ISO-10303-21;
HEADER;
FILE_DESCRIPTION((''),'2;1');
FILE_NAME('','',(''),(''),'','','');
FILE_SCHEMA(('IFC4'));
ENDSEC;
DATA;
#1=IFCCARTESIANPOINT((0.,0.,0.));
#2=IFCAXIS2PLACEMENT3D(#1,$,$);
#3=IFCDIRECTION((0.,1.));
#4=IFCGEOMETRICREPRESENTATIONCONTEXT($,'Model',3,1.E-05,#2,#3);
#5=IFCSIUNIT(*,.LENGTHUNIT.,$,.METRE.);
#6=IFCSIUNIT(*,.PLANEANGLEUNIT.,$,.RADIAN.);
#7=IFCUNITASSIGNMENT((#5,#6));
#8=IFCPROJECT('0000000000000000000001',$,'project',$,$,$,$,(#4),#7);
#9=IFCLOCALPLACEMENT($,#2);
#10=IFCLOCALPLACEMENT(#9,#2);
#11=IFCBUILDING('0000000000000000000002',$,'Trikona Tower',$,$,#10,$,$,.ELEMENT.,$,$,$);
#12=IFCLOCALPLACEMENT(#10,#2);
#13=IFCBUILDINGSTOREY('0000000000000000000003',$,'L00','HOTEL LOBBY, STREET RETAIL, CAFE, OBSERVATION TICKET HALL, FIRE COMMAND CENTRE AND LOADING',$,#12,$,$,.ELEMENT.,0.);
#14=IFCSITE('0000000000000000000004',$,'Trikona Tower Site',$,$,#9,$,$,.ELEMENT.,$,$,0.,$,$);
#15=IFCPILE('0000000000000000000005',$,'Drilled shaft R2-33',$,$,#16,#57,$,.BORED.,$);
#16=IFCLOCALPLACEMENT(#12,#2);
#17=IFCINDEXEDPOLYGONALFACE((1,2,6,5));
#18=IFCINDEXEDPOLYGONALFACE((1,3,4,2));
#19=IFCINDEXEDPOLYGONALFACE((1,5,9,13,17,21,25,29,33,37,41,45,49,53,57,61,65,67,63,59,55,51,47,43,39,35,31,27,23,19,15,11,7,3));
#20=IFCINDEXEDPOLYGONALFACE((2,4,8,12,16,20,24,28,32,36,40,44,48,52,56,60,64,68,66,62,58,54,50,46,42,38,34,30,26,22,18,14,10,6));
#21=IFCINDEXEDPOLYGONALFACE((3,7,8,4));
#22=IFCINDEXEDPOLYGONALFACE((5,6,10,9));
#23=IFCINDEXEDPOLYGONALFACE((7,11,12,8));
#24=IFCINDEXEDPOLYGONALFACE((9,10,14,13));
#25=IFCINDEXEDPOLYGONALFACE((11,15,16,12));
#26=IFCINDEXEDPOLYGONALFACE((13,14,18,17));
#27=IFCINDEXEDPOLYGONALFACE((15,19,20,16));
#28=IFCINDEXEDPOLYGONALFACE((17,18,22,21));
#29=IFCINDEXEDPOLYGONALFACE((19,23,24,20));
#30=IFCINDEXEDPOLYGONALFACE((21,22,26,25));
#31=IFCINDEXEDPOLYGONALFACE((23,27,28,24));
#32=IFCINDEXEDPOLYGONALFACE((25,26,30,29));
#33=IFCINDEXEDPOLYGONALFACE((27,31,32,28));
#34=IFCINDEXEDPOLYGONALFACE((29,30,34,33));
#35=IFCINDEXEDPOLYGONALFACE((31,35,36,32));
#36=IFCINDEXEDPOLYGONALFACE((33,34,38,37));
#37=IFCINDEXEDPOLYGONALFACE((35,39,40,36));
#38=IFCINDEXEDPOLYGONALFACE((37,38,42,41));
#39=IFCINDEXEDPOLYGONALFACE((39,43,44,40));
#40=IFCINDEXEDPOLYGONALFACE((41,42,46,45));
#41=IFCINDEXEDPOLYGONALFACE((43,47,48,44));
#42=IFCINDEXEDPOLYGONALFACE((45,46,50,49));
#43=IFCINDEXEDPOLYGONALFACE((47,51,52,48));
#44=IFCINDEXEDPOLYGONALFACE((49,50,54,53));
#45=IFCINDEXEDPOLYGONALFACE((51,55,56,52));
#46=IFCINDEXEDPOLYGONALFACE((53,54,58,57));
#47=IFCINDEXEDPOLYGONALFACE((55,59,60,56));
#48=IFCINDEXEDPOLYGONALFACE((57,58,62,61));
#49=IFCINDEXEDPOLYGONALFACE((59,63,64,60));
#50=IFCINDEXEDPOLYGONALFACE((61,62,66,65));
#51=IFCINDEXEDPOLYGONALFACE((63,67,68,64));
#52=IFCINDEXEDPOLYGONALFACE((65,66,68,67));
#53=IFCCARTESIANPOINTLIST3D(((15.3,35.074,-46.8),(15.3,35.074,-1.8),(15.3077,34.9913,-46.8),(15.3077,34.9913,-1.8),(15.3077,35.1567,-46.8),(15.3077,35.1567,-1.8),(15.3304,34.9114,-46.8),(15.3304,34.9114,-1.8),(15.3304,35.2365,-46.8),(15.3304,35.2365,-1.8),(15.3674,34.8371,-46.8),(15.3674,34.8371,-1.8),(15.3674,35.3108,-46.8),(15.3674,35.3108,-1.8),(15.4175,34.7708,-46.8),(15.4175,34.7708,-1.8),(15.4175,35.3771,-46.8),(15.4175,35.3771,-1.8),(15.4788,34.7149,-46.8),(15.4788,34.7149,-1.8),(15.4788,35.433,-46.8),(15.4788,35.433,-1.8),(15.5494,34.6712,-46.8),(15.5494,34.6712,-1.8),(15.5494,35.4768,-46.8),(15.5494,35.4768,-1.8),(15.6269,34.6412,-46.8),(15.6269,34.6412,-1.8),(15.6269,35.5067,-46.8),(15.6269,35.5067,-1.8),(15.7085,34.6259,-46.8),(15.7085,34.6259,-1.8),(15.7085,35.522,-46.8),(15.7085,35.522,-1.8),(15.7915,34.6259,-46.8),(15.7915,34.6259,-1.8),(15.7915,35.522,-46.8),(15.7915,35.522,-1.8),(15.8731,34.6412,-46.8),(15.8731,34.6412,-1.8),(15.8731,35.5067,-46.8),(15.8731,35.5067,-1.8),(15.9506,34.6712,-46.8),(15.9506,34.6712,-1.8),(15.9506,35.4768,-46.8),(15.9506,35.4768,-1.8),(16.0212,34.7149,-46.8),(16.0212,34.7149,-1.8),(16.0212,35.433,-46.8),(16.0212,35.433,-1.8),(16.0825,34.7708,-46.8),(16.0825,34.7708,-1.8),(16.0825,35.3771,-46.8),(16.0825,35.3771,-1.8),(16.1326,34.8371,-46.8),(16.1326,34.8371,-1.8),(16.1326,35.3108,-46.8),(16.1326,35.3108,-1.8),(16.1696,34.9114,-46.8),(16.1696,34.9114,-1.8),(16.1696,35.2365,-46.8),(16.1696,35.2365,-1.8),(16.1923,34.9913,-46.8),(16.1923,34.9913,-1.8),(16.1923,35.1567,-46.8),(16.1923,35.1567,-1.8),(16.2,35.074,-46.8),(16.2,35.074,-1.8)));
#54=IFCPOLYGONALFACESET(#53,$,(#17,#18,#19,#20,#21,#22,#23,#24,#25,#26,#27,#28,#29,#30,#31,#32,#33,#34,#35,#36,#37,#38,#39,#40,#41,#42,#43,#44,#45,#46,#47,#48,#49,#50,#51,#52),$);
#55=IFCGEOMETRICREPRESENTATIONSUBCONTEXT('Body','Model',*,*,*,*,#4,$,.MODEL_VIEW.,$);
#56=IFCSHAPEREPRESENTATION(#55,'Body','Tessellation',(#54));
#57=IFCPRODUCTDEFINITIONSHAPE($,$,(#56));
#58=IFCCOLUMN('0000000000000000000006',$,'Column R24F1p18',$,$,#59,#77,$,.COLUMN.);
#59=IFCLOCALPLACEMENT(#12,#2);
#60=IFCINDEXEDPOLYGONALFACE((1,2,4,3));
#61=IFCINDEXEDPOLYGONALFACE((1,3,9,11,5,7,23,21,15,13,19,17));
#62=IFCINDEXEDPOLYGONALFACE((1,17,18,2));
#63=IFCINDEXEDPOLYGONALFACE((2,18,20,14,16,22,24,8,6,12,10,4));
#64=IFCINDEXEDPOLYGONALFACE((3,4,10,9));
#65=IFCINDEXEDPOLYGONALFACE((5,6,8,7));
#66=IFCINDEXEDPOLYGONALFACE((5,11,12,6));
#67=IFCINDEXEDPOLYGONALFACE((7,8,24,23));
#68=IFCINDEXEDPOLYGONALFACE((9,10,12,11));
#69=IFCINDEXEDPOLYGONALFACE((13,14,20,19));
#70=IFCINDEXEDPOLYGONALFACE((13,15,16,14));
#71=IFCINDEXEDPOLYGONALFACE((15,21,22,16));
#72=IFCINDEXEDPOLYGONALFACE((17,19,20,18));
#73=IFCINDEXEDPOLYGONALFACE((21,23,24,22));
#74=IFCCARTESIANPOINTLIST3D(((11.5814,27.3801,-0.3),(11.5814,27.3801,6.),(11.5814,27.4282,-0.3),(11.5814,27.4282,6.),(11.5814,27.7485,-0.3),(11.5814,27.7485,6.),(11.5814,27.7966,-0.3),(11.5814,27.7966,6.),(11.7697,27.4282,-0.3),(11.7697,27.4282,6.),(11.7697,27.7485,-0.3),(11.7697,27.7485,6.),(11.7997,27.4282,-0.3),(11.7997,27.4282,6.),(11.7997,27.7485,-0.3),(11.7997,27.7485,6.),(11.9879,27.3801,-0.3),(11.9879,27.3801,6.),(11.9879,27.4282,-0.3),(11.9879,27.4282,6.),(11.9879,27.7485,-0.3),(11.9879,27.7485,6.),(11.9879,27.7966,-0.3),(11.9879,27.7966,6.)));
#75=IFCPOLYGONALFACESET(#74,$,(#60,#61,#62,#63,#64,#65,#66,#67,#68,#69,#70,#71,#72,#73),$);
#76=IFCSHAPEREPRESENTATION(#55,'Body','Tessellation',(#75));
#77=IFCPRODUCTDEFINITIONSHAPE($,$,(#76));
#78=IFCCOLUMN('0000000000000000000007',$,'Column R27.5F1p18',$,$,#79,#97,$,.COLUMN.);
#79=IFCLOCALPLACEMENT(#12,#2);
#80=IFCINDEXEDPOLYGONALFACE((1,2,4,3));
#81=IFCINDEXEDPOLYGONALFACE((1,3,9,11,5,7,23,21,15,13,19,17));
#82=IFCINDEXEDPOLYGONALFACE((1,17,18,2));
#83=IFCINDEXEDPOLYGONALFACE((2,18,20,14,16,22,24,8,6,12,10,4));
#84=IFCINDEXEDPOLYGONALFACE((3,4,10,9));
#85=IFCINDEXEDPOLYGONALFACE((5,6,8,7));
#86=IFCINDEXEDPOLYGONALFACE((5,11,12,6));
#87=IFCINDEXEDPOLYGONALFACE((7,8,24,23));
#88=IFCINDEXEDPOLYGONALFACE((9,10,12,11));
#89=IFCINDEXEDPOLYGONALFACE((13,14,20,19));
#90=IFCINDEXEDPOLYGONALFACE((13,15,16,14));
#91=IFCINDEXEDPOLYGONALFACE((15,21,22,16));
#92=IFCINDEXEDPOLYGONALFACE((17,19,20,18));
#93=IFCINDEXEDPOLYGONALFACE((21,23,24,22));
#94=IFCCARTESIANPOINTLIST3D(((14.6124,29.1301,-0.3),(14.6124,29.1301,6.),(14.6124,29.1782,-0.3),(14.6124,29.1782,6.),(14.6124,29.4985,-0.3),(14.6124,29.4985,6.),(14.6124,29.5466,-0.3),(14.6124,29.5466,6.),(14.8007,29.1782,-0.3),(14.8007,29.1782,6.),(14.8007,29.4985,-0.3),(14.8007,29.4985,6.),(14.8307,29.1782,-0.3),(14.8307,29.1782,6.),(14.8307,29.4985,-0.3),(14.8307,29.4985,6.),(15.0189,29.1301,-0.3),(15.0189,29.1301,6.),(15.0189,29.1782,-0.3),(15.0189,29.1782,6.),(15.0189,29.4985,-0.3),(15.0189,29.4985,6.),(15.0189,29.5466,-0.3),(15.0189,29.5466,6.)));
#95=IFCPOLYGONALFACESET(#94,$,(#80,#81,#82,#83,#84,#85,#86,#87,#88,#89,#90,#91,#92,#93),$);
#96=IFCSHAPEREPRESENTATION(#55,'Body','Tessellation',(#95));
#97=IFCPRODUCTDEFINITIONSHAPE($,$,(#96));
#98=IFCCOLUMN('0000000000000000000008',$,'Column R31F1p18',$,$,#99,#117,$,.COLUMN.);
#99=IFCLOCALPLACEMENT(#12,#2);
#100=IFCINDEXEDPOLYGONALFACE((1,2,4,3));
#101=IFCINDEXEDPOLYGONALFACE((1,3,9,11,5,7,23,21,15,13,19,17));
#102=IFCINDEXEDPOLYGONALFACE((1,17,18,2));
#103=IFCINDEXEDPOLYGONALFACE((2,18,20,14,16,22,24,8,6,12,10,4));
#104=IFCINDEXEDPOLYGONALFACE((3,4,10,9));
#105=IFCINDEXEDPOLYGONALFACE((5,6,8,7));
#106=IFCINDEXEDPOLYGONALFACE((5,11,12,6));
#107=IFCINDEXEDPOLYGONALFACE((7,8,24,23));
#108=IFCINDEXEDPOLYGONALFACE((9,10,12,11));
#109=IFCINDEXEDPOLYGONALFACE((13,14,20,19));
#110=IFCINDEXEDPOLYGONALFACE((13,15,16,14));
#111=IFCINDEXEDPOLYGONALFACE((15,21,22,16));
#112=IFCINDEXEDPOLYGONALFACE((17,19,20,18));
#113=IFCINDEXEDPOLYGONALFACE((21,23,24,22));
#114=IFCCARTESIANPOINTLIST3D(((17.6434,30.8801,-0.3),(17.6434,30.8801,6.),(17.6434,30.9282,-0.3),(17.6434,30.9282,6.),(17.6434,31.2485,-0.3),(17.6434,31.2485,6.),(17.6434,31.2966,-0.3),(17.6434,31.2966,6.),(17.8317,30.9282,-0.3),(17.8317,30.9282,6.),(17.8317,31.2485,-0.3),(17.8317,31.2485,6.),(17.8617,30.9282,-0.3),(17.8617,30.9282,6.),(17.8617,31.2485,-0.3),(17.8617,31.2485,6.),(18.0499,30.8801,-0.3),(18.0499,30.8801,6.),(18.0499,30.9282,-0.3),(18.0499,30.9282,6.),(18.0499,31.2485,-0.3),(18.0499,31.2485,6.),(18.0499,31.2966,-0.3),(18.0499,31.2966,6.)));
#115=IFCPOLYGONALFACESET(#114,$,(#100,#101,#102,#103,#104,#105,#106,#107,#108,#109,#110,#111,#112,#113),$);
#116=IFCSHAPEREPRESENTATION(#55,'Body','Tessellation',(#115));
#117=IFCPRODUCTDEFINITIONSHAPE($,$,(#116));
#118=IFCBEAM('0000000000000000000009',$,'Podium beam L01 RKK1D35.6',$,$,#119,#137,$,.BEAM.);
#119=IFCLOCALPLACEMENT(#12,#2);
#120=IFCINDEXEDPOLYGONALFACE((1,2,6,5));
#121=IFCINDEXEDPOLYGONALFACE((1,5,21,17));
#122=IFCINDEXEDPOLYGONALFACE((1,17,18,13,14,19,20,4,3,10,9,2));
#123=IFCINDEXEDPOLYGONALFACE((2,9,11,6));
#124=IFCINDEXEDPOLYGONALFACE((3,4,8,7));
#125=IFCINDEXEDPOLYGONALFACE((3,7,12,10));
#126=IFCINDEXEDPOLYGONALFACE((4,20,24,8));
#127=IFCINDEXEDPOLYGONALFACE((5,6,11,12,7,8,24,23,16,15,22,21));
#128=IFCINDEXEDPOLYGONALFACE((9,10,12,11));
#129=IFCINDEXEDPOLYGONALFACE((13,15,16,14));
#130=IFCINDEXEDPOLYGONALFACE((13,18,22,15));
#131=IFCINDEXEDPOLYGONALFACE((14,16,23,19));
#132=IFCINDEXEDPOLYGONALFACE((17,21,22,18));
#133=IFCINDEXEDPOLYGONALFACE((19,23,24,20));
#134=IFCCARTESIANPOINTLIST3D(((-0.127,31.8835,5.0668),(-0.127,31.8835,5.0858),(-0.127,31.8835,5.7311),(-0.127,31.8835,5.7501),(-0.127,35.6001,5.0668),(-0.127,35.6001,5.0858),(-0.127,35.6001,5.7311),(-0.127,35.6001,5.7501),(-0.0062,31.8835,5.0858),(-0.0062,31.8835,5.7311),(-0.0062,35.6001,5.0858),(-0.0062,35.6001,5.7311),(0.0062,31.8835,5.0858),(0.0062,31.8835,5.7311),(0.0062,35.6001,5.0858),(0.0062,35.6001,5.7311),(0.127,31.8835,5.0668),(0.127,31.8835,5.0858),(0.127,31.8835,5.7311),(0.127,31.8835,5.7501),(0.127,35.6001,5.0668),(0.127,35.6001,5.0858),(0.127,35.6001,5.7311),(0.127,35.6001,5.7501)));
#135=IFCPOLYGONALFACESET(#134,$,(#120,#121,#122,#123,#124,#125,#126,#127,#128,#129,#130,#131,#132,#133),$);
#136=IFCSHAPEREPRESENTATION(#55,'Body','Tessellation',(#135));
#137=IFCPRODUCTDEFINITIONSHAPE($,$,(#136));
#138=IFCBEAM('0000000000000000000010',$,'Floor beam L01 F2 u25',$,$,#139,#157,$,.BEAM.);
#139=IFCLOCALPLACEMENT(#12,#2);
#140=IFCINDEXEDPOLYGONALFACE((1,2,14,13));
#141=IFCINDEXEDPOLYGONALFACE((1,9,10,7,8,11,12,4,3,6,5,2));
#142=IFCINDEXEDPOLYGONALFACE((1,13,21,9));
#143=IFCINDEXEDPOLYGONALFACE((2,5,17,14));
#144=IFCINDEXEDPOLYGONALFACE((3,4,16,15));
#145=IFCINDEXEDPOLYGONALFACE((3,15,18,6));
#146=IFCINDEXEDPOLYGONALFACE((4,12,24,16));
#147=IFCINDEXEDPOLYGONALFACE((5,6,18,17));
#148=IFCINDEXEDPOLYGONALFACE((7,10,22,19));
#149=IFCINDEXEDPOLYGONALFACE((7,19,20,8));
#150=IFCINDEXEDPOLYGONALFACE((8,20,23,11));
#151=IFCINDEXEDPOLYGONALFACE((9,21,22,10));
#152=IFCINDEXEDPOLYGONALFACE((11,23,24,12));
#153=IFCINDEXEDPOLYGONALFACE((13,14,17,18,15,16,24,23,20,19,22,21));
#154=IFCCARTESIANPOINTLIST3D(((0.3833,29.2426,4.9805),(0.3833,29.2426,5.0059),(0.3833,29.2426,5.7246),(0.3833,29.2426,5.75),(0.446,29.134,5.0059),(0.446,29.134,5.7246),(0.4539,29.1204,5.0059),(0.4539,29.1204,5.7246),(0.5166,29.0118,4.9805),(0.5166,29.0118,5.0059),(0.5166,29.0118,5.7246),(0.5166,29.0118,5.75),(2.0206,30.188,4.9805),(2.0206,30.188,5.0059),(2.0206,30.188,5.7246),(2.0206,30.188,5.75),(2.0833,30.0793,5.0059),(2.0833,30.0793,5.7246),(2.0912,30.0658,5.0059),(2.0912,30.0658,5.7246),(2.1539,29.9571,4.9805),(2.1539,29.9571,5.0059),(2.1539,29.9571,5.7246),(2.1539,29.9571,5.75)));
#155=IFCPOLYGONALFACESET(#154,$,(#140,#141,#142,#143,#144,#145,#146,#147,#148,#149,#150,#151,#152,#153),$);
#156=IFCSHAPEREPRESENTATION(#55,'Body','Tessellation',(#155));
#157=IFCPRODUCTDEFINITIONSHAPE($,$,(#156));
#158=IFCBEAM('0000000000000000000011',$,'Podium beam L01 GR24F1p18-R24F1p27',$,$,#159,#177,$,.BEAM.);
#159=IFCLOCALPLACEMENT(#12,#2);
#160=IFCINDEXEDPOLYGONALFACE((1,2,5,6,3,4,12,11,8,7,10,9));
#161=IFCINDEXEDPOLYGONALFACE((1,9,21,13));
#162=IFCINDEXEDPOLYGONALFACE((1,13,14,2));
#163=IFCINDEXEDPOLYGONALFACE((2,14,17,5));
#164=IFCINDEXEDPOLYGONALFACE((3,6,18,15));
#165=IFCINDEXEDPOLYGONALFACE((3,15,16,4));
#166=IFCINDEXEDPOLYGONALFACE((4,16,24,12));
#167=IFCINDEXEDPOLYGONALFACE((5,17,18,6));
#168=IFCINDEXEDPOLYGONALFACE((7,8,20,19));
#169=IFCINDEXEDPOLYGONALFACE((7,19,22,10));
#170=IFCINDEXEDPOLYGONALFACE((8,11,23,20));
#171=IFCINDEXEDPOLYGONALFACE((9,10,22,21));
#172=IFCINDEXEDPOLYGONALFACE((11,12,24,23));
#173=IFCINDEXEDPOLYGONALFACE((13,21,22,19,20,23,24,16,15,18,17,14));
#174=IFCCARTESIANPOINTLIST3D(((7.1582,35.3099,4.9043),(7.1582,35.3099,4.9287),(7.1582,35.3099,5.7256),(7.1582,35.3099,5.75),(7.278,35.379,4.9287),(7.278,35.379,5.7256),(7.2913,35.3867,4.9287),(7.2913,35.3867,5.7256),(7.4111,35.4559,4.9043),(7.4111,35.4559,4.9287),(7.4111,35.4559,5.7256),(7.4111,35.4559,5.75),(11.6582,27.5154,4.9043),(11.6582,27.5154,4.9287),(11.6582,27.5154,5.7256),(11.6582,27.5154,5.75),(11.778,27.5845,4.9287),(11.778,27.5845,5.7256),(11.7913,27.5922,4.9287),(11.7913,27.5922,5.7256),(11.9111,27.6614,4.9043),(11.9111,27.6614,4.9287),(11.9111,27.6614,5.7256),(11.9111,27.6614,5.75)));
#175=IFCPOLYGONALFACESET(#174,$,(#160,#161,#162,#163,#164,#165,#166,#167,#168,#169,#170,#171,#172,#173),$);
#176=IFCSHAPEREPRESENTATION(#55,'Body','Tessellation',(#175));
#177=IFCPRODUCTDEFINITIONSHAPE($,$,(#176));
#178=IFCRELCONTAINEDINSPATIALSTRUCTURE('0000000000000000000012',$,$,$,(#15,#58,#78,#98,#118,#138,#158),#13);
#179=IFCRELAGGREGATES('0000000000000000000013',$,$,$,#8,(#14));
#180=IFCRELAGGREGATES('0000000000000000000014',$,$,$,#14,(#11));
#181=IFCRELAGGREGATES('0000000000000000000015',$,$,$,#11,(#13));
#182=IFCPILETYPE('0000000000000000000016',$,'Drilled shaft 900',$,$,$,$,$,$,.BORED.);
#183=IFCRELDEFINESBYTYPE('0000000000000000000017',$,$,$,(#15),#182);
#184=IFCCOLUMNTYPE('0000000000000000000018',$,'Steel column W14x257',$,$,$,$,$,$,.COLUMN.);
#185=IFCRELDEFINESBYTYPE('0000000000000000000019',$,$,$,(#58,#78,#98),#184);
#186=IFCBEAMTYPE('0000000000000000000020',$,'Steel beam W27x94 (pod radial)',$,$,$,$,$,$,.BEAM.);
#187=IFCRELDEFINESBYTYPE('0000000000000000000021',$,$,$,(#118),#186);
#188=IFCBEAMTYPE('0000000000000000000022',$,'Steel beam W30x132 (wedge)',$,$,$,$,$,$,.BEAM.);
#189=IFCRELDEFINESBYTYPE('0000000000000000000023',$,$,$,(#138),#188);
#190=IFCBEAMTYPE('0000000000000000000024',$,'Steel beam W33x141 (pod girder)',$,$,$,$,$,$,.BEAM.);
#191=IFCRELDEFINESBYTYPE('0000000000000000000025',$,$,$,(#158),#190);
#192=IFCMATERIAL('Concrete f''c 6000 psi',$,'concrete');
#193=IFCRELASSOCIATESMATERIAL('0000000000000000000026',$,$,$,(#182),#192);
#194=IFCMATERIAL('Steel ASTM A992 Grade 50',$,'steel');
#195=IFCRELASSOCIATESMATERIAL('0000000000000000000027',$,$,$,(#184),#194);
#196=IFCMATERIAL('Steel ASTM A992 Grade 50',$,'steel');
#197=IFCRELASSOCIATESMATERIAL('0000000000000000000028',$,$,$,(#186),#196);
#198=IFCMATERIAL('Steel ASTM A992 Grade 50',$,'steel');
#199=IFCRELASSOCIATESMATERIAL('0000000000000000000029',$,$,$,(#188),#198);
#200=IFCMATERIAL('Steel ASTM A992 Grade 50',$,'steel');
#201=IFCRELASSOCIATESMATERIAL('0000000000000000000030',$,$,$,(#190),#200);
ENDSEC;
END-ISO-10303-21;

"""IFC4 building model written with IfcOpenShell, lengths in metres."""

from ifc_helpers import new_model, si_unit, direction, frame, origin, origin_2d, place, context, subcontext, project, spatial, circle, i_section, extrude, material, material_profile, profile_set, type_object, element, save


model = new_model("IFC4")

# Units and contexts
model_context = context("Model", 3, precision=1e-05, world=origin(), true_north=direction((0.0, 1.0)))
body_context = subcontext(model_context, "Body", "Model", "MODEL_VIEW")
ifc_project = project(units=[si_unit("LENGTHUNIT", "METRE"), si_unit("PLANEANGLEUNIT", "RADIAN")], contexts=[model_context])

# Site, building, storey
site_placement = place(None, origin())
site = spatial("IfcSite", under=ifc_project, at=site_placement, Name="Trikona Tower Site", CompositionType="ELEMENT", RefElevation=0.0)
building_placement = place(site_placement, origin())
building = spatial("IfcBuilding", under=site, at=building_placement, Name="Trikona Tower", CompositionType="ELEMENT")
storey_placement = place(building_placement, origin())
storey = spatial("IfcBuildingStorey", under=building, at=storey_placement, Name="L00", Description="HOTEL LOBBY, STREET RETAIL, CAFE, OBSERVATION TICKET HALL, FIRE COMMAND CENTRE AND LOADING", CompositionType="ELEMENT", Elevation=0.0)

# Pile
ifc_material_1 = material(Name="Concrete f'c 6000 psi", Category="concrete")
pile_type_1 = type_object("IfcPileType", Name="Drilled shaft 900", PredefinedType="BORED", material=ifc_material_1)
for number, where, z_axis, x_axis, name in (
    (1, (15.75, 35.074, -1.8), (0.0, 0.0, -1.0), (1.0, 0.0, 0.0), "Drilled shaft R2-33"),
):
    element("IfcPile", number, at=place(storey_placement, frame(where, z_axis=z_axis, x_axis=x_axis)), inside=storey, type_object=pile_type_1, Name=name, PredefinedType="BORED", context=body_context, shape_type="SweptSolid", body=[
        extrude(circle(Radius=0.45, at=origin_2d()), origin(), (0.0, 0.0, 1.0), 45.0),
    ])

# Columns
ifc_material_2 = material(Name="Steel ASTM A992 Grade 50", Category="steel")
ifc_material_profile_1 = material_profile(ifc_material_2, i_section(OverallWidth=0.4065, OverallDepth=0.4165, WebThickness=0.03, FlangeThickness=0.0481, at=origin_2d()), Name="W14X257")
ifc_profile_set_1 = profile_set([ifc_material_profile_1], Name="Steel ASTM A992 Grade 50")
column_type = type_object("IfcColumnType", Name="Steel column W14x257", PredefinedType="COLUMN", material=ifc_profile_set_1)
for number, where, z_axis, x_axis, name in (
    (2, (11.7847, 27.5884, -0.3), (0.0, 0.0, 1.0), (1.0, 0.0, 0.0), "Column R24F1p18"),
    (3, (14.8157, 29.3384, -0.3), (0.0, 0.0, 1.0), (1.0, 0.0, 0.0), "Column R27.5F1p18"),
    (4, (17.8467, 31.0884, -0.3), (0.0, 0.0, 1.0), (1.0, 0.0, 0.0), "Column R31F1p18"),
):
    element("IfcColumn", number, at=place(storey_placement, frame(where, z_axis=z_axis, x_axis=x_axis)), inside=storey, type_object=column_type, Name=name, PredefinedType="COLUMN", context=body_context, shape_type="SweptSolid", body=[
        extrude(i_section(OverallWidth=0.4065, OverallDepth=0.4165, WebThickness=0.03, FlangeThickness=0.0481, at=origin_2d()), origin(), (0.0, 0.0, 1.0), 6.3),
    ])

# Beams
ifc_material_3 = material(Name="Steel ASTM A992 Grade 50", Category="steel")
ifc_material_profile_2 = material_profile(ifc_material_3, i_section(OverallWidth=0.2539, OverallDepth=0.6833, WebThickness=0.0125, FlangeThickness=0.019, at=origin_2d()), Name="W27X94")
ifc_profile_set_2 = profile_set([ifc_material_profile_2], Name="Steel ASTM A992 Grade 50")
beam_type_1 = type_object("IfcBeamType", Name="Steel beam W27x94 (pod radial)", PredefinedType="BEAM", material=ifc_profile_set_2)
beam_1_placement = place(storey_placement, frame((0.0, 31.8835, 5.4084), z_axis=(0.0, 1.0, 0.0), x_axis=(-1.0, 0.0, 0.0)))
element("IfcBeam", 5, at=beam_1_placement, inside=storey, type_object=beam_type_1, Name="Podium beam L01 RKK1D35.6", PredefinedType="BEAM", context=body_context, shape_type="SweptSolid", body=[
    extrude(i_section(OverallWidth=0.2539, OverallDepth=0.6833, WebThickness=0.0125, FlangeThickness=0.019, at=origin_2d()), origin(), (0.0, 0.0, 1.0), 3.7166),
])
ifc_material_4 = material(Name="Steel ASTM A992 Grade 50", Category="steel")
ifc_material_profile_3 = material_profile(ifc_material_4, i_section(OverallWidth=0.2666, OverallDepth=0.7695, WebThickness=0.0156, FlangeThickness=0.0254, at=origin_2d()), Name="W30X132")
ifc_profile_set_3 = profile_set([ifc_material_profile_3], Name="Steel ASTM A992 Grade 50")
beam_type_2 = type_object("IfcBeamType", Name="Steel beam W30x132 (wedge)", PredefinedType="BEAM", material=ifc_profile_set_3)
beam_2_placement = place(storey_placement, frame((0.45, 29.1272, 5.3652), z_axis=(0.866009, 0.500028, 0.0), x_axis=(-0.500028, 0.866009, 0.0)))
element("IfcBeam", 6, at=beam_2_placement, inside=storey, type_object=beam_type_2, Name="Floor beam L01 F2 u25", PredefinedType="BEAM", context=body_context, shape_type="SweptSolid", body=[
    extrude(i_section(OverallWidth=0.2666, OverallDepth=0.7695, WebThickness=0.0156, FlangeThickness=0.0254, at=origin_2d()), origin(), (0.0, 0.0, 1.0), 1.8906),
])
ifc_material_5 = material(Name="Steel ASTM A992 Grade 50", Category="steel")
ifc_material_profile_4 = material_profile(ifc_material_5, i_section(OverallWidth=0.292, OverallDepth=0.8457, WebThickness=0.0154, FlangeThickness=0.0244, at=origin_2d()), Name="W33X141")
ifc_profile_set_4 = profile_set([ifc_material_profile_4], Name="Steel ASTM A992 Grade 50")
beam_type_3 = type_object("IfcBeamType", Name="Steel beam W33x141 (pod girder)", PredefinedType="BEAM", material=ifc_profile_set_4)
for number, where, z_axis, x_axis, name in (
    (7, (11.7847, 27.5884, 5.3271), (-0.49999, 0.866031, 0.0), (-0.866031, -0.49999, 0.0), "Podium beam L01 GR24F1p18-R24F1p27"),
):
    element("IfcBeam", number, at=place(storey_placement, frame(where, z_axis=z_axis, x_axis=x_axis)), inside=storey, type_object=beam_type_3, Name=name, PredefinedType="BEAM", context=body_context, shape_type="SweptSolid", body=[
        extrude(i_section(OverallWidth=0.292, OverallDepth=0.8457, WebThickness=0.0154, FlangeThickness=0.0244, at=origin_2d()), origin(), (0.0, 0.0, 1.0), 9.0002),
    ])

save(model, "model.ifc")
